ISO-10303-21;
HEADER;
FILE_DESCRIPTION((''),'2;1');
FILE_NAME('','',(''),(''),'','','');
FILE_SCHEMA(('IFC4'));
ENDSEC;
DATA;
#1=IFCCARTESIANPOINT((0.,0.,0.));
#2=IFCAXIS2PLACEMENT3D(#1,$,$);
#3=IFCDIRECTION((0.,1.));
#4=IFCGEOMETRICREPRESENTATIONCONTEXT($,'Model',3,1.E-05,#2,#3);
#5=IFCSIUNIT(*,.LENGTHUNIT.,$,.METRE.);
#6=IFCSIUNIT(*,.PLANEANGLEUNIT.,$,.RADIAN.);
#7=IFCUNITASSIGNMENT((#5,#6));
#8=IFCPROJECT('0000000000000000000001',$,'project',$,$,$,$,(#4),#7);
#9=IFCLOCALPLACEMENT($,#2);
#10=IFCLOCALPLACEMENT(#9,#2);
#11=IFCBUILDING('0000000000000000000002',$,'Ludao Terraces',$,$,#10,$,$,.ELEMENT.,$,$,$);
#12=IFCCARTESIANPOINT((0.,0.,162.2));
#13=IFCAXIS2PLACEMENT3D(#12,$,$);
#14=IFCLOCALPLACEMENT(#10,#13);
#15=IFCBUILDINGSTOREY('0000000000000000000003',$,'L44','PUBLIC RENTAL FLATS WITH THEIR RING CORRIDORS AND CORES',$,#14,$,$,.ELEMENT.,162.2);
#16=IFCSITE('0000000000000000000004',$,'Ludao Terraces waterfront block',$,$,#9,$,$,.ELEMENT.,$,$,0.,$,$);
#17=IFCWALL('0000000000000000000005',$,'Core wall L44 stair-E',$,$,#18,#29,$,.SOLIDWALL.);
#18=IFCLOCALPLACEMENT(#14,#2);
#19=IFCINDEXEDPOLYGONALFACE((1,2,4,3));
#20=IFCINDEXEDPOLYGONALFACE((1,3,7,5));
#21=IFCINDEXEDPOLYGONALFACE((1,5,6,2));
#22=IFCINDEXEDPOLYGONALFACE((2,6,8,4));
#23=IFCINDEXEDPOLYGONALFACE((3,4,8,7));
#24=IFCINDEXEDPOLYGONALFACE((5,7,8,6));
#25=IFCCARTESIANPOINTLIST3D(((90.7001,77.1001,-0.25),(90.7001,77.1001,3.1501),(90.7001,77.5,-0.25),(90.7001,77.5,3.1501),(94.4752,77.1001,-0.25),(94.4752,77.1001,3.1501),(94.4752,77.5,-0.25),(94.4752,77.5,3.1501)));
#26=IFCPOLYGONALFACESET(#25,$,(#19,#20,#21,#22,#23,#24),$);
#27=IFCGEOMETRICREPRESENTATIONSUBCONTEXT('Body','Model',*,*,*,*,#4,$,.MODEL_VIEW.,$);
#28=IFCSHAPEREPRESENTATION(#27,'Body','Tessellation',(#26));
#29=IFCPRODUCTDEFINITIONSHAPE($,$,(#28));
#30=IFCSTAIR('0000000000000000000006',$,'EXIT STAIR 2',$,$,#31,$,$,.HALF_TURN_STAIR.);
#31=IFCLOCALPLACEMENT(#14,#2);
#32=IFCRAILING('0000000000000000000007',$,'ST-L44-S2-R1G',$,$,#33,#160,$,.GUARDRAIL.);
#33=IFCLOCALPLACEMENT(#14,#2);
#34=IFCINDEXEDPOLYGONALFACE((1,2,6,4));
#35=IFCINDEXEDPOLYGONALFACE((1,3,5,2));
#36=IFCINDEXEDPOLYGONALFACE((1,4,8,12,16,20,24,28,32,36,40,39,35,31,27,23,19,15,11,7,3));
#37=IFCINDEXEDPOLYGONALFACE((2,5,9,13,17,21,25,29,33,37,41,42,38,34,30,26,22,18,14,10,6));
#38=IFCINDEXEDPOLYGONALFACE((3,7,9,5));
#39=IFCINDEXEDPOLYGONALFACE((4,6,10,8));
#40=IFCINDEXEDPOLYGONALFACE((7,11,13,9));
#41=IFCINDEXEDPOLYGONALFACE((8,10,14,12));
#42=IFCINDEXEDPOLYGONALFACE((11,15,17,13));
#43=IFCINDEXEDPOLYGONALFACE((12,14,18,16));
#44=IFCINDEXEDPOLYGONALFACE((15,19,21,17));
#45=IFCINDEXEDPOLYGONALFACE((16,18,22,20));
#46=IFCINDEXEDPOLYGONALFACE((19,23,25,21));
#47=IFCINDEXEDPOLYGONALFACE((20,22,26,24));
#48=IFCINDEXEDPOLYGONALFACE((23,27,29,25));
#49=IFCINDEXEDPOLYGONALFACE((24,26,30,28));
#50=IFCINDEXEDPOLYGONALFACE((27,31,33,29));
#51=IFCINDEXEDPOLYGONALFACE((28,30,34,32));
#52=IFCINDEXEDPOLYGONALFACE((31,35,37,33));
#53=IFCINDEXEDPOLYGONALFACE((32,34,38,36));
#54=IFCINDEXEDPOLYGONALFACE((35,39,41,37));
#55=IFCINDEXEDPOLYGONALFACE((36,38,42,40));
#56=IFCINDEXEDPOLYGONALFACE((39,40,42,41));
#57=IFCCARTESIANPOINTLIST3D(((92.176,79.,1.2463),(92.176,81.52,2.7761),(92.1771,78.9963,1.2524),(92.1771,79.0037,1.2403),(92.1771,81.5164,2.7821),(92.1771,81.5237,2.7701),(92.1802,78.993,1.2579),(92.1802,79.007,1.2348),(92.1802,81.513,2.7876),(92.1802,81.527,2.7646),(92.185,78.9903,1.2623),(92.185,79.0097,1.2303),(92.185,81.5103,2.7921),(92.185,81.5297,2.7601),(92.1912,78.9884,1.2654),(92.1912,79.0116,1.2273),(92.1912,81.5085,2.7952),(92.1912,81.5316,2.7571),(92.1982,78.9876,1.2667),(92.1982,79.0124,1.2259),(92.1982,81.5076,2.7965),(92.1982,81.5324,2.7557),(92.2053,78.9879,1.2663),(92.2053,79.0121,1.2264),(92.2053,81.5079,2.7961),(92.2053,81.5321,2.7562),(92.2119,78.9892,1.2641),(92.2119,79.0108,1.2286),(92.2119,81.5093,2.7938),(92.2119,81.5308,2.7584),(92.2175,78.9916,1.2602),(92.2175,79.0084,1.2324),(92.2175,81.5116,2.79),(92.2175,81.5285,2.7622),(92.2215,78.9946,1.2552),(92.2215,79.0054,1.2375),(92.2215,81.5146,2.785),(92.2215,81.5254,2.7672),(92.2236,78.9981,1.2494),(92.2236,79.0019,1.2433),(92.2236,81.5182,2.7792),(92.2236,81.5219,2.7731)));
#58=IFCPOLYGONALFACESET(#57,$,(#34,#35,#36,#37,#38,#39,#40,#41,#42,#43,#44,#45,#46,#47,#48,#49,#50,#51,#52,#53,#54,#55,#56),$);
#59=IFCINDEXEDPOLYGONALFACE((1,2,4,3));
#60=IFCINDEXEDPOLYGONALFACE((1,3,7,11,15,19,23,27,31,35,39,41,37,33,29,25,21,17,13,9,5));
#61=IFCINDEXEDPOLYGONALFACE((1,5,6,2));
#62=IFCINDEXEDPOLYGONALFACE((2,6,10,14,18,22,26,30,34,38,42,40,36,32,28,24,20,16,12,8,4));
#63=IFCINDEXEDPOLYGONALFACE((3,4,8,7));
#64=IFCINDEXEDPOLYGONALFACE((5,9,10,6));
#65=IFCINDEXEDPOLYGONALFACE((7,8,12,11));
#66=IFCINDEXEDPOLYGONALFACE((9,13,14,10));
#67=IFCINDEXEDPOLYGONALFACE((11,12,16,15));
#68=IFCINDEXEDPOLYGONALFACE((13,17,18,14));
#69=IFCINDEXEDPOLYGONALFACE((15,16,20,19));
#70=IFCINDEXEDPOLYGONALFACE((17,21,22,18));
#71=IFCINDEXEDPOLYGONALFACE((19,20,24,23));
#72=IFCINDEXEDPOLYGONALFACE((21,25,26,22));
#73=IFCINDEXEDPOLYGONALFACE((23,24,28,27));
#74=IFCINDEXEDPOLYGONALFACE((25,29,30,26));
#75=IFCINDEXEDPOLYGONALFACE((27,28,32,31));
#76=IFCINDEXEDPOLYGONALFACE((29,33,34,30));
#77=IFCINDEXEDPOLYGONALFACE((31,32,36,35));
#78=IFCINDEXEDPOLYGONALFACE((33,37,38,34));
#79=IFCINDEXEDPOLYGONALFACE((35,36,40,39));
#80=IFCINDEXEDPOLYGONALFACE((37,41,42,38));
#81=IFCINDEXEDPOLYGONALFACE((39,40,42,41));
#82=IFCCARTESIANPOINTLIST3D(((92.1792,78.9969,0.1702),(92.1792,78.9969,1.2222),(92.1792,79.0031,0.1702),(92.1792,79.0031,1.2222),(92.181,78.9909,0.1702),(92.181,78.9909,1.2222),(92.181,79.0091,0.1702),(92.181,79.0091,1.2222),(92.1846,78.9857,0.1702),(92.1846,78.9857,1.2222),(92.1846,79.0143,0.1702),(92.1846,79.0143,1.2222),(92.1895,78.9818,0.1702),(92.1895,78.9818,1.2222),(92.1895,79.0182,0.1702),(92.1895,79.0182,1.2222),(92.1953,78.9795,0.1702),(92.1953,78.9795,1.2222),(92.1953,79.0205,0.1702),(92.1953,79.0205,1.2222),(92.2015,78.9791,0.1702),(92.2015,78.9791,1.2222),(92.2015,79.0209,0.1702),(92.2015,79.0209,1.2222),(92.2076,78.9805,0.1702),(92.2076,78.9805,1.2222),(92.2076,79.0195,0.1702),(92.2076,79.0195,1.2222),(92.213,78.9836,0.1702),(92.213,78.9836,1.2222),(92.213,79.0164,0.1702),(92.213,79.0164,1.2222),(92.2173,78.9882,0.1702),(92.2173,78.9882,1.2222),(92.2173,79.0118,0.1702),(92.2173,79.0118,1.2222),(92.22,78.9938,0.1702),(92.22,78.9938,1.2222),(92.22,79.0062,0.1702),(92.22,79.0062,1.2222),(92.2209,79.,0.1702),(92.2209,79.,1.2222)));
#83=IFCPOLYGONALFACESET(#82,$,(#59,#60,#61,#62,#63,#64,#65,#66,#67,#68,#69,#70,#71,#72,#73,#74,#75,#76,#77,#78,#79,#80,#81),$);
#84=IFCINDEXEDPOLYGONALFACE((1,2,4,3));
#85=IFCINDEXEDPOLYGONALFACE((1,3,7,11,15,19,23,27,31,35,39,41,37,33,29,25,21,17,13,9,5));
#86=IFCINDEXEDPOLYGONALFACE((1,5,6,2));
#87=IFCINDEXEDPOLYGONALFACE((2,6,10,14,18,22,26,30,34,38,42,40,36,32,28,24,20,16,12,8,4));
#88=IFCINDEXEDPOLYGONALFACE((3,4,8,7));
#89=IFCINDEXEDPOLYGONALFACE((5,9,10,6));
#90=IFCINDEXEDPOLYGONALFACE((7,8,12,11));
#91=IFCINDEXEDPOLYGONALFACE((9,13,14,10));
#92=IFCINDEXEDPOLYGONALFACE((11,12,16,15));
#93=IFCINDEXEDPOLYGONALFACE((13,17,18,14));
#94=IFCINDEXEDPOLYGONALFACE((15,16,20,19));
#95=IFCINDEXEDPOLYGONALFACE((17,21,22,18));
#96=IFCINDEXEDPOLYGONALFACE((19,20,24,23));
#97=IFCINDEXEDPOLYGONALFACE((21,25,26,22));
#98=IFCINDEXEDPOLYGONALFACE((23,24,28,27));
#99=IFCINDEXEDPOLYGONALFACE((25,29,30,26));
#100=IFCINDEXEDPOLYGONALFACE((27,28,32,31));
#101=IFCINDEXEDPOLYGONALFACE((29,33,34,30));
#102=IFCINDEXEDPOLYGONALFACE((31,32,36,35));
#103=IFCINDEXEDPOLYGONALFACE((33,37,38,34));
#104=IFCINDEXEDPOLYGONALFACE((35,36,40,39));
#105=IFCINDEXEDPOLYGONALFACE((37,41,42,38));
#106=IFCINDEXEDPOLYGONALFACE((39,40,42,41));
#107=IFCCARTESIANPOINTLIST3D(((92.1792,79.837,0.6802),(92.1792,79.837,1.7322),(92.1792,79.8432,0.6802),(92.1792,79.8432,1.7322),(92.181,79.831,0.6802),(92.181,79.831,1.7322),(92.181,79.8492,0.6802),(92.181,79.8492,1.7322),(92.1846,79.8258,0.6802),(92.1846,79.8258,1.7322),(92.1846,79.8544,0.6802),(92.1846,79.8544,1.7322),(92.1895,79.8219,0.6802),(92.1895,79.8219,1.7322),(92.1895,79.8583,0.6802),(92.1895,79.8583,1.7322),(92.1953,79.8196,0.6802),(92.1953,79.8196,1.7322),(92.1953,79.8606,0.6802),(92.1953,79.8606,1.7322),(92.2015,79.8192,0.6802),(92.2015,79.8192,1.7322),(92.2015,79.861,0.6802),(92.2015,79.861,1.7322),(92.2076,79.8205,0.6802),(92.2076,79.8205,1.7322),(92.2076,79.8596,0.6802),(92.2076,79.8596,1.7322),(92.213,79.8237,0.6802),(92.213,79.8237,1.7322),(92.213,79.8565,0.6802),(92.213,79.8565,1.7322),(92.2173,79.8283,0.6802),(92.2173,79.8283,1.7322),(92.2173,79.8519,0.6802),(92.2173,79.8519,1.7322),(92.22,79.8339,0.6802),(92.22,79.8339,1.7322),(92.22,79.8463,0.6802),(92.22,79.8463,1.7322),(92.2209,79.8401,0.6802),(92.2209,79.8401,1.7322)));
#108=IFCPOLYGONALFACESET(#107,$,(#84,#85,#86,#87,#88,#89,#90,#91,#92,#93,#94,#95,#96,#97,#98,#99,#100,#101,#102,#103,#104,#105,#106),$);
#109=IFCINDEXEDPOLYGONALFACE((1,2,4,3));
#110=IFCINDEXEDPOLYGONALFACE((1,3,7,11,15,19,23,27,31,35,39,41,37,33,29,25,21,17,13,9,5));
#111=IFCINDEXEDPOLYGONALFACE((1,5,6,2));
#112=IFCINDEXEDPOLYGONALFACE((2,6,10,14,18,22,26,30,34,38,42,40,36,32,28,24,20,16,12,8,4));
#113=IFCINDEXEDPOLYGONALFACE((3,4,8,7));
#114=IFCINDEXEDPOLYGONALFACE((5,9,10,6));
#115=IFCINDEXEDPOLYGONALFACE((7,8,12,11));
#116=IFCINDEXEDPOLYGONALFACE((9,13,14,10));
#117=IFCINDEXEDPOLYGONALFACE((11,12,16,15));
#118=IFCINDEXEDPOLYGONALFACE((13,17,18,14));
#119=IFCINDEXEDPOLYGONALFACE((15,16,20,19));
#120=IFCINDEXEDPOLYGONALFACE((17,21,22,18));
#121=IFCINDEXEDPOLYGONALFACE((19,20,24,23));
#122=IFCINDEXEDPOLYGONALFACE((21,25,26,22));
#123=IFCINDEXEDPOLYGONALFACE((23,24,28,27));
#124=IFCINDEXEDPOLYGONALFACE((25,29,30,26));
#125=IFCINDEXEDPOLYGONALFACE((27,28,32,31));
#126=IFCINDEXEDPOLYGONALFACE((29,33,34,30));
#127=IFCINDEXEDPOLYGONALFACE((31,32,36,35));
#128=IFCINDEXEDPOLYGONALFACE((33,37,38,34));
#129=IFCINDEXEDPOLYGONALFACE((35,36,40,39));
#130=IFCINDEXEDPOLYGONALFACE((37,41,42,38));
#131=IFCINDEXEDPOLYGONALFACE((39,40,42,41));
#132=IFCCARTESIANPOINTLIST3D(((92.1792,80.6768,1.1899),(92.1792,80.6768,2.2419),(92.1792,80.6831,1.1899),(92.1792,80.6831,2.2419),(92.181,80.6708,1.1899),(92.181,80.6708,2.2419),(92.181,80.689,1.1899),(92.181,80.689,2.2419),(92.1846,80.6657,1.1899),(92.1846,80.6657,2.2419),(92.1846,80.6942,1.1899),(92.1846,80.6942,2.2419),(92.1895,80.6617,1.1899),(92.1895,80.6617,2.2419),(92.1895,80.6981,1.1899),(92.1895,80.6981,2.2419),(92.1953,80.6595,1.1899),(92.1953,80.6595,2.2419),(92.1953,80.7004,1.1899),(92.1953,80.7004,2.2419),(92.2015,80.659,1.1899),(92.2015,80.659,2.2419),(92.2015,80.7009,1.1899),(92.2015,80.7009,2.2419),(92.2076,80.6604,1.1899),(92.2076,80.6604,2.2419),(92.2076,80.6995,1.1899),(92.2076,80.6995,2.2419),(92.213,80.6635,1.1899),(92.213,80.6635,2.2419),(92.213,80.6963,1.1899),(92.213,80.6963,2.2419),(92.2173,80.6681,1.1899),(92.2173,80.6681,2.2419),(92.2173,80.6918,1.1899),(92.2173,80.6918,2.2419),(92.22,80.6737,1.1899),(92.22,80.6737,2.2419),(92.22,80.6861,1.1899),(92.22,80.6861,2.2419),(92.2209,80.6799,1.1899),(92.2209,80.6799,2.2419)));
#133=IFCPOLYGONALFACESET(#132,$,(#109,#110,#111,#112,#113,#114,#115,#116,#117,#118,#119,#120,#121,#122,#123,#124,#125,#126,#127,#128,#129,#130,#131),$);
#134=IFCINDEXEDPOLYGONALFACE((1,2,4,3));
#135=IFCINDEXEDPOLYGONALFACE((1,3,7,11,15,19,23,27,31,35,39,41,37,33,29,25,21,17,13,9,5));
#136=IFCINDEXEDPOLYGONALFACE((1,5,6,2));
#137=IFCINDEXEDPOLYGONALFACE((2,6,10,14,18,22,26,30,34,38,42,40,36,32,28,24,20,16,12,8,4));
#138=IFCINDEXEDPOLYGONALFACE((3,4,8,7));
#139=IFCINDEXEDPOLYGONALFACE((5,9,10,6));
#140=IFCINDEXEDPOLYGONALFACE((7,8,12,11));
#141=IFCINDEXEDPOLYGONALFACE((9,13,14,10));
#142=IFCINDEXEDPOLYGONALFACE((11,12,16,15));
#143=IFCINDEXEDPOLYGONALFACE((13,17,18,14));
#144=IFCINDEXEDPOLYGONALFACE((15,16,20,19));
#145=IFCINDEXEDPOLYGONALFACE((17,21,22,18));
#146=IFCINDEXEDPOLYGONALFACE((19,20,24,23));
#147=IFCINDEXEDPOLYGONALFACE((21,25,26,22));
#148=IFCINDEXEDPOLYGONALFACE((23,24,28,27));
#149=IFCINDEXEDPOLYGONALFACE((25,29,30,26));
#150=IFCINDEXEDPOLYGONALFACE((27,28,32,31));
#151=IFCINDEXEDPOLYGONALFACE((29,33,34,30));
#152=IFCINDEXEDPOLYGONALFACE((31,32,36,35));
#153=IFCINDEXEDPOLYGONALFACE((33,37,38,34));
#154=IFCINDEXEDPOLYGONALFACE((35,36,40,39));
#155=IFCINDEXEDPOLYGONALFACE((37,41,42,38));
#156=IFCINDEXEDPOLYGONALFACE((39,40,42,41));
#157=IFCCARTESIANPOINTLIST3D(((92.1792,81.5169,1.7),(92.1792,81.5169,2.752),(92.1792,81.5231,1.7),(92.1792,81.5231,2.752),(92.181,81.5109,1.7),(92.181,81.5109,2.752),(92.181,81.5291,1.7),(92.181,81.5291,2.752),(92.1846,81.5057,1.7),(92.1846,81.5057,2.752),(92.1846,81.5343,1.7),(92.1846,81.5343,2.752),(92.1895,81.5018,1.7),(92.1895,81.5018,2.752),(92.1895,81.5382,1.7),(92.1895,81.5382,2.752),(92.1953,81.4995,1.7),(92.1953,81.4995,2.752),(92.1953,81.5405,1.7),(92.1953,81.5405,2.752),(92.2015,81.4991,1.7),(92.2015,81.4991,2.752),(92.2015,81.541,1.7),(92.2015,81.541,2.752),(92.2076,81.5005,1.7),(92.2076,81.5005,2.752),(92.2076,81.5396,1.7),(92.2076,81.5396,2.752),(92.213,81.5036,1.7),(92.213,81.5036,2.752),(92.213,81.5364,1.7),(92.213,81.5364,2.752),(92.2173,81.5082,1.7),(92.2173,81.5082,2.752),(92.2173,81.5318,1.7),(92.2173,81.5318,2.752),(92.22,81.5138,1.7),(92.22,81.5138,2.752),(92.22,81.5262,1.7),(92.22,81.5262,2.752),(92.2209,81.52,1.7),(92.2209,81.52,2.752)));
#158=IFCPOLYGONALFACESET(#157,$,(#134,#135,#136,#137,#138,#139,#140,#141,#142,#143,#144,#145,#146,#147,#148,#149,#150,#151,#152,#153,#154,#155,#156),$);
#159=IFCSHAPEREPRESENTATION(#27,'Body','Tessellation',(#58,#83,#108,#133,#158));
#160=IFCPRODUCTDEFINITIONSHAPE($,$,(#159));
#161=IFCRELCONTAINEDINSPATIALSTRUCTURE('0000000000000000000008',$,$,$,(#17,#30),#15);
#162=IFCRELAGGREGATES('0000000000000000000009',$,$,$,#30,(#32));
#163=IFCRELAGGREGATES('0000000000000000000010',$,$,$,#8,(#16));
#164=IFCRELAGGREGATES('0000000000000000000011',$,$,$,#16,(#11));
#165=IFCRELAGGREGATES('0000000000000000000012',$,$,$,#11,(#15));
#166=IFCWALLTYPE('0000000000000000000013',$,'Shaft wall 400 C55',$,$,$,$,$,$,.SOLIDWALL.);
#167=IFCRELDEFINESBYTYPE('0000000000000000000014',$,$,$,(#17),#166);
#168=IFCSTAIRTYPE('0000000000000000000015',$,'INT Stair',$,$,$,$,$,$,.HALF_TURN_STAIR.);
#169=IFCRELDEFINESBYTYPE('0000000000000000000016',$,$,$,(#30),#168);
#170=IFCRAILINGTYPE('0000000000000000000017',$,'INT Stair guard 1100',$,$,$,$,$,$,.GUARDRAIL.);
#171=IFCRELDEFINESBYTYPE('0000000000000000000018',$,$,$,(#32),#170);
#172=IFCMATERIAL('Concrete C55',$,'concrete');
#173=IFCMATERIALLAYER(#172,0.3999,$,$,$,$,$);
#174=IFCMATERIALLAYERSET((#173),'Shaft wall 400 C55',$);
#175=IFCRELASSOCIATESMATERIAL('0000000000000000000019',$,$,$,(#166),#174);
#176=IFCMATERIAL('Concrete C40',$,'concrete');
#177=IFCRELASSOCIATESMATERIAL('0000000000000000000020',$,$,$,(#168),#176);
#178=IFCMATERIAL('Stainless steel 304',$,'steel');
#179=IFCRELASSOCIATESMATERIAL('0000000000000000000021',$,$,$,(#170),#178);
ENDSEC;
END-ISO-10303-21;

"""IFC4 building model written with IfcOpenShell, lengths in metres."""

from ifc_helpers import new_model, si_unit, direction, frame, frame_2d, origin, origin_2d, place, context, subcontext, project, spatial, rectangle, circle, extrude, material, layer, layer_set, type_object, element, aggregate, save


model = new_model("IFC4")

# Units and contexts
model_context = context("Model", 3, precision=1e-05, world=origin(), true_north=direction((0.0, 1.0)))
body_context = subcontext(model_context, "Body", "Model", "MODEL_VIEW")
ifc_project = project(units=[si_unit("LENGTHUNIT", "METRE"), si_unit("PLANEANGLEUNIT", "RADIAN")], contexts=[model_context])

# Site, building, storey
site_placement = place(None, origin())
site = spatial("IfcSite", under=ifc_project, at=site_placement, Name="Ludao Terraces waterfront block", CompositionType="ELEMENT", RefElevation=0.0)
building_placement = place(site_placement, origin())
building = spatial("IfcBuilding", under=site, at=building_placement, Name="Ludao Terraces", CompositionType="ELEMENT")
storey_placement = place(building_placement, frame((0.0, 0.0, 162.2)))
storey = spatial("IfcBuildingStorey", under=building, at=storey_placement, Name="L44", Description="PUBLIC RENTAL FLATS WITH THEIR RING CORRIDORS AND CORES", CompositionType="ELEMENT", Elevation=162.2)

# Shared definitions
ifc_material_1 = material(Name="Concrete C55", Category="concrete")

# Shared definitions
ifc_material_2 = material(Name="Stainless steel 304", Category="steel")

# Wall
ifc_layer_1 = layer(ifc_material_1, 0.3999)
ifc_layer_set_1 = layer_set([ifc_layer_1], Name="Shaft wall 400 C55")
wall_type_1 = type_object("IfcWallType", Name="Shaft wall 400 C55", PredefinedType="SOLIDWALL", material=ifc_layer_set_1)
wall_1_placement = place(storey_placement, frame((90.7, 77.3, -0.25), z_axis=(0.0, 0.0, 1.0), x_axis=(1.0, 0.0, 0.0)))
element("IfcWall", 1, at=wall_1_placement, inside=storey, type_object=wall_type_1, Name="Core wall L44 stair-E", PredefinedType="SOLIDWALL", context=body_context, shape_type="SweptSolid", body=[
    extrude(rectangle(XDim=3.7751, YDim=0.3999, at=frame_2d((1.8877, 0.0))), origin(), (0.0, 0.0, 1.0), 3.4001),
])

# Stair, railing
ifc_material_3 = material(Name="Concrete C40", Category="concrete")
stair_type = type_object("IfcStairType", Name="INT Stair", PredefinedType="HALF_TURN_STAIR", material=ifc_material_3)
stair_placement = place(storey_placement, origin())
stair = element("IfcStair", 2, at=stair_placement, inside=storey, type_object=stair_type, Name="EXIT STAIR 2", PredefinedType="HALF_TURN_STAIR")
railing_type_1 = type_object("IfcRailingType", Name="INT Stair guard 1100", PredefinedType="GUARDRAIL", material=ifc_material_2)
railing_1_placement = place(storey_placement, frame((92.2, 79.0, 0.1702)))
railing_1 = element("IfcRailing", 3, at=railing_1_placement, type_object=railing_type_1, Name="ST-L44-S2-R1G", PredefinedType="GUARDRAIL", context=body_context, shape_type="SweptSolid", body=[
    extrude(circle(Radius=0.0239, at=origin_2d()), frame((0.0, 0.0, 1.0762), z_axis=(0.0, 0.854822, 0.518922), x_axis=(-1.0, 0.0, 0.0)), (0.0, 0.0, 1.0), 2.948),
    extrude(circle(Radius=0.021, at=origin_2d()), origin(), (0.0, 0.0, 1.0), 1.052),
    extrude(circle(Radius=0.021, at=origin_2d()), frame((0.0, 0.8401, 0.51)), (0.0, 0.0, 1.0), 1.052),
    extrude(circle(Radius=0.021, at=origin_2d()), frame((0.0, 1.6799, 1.0198)), (0.0, 0.0, 1.0), 1.052),
    extrude(circle(Radius=0.021, at=origin_2d()), frame((0.0, 2.52, 1.5298)), (0.0, 0.0, 1.0), 1.052),
])
aggregate(stair, [railing_1])

save(model, "model.ifc")
